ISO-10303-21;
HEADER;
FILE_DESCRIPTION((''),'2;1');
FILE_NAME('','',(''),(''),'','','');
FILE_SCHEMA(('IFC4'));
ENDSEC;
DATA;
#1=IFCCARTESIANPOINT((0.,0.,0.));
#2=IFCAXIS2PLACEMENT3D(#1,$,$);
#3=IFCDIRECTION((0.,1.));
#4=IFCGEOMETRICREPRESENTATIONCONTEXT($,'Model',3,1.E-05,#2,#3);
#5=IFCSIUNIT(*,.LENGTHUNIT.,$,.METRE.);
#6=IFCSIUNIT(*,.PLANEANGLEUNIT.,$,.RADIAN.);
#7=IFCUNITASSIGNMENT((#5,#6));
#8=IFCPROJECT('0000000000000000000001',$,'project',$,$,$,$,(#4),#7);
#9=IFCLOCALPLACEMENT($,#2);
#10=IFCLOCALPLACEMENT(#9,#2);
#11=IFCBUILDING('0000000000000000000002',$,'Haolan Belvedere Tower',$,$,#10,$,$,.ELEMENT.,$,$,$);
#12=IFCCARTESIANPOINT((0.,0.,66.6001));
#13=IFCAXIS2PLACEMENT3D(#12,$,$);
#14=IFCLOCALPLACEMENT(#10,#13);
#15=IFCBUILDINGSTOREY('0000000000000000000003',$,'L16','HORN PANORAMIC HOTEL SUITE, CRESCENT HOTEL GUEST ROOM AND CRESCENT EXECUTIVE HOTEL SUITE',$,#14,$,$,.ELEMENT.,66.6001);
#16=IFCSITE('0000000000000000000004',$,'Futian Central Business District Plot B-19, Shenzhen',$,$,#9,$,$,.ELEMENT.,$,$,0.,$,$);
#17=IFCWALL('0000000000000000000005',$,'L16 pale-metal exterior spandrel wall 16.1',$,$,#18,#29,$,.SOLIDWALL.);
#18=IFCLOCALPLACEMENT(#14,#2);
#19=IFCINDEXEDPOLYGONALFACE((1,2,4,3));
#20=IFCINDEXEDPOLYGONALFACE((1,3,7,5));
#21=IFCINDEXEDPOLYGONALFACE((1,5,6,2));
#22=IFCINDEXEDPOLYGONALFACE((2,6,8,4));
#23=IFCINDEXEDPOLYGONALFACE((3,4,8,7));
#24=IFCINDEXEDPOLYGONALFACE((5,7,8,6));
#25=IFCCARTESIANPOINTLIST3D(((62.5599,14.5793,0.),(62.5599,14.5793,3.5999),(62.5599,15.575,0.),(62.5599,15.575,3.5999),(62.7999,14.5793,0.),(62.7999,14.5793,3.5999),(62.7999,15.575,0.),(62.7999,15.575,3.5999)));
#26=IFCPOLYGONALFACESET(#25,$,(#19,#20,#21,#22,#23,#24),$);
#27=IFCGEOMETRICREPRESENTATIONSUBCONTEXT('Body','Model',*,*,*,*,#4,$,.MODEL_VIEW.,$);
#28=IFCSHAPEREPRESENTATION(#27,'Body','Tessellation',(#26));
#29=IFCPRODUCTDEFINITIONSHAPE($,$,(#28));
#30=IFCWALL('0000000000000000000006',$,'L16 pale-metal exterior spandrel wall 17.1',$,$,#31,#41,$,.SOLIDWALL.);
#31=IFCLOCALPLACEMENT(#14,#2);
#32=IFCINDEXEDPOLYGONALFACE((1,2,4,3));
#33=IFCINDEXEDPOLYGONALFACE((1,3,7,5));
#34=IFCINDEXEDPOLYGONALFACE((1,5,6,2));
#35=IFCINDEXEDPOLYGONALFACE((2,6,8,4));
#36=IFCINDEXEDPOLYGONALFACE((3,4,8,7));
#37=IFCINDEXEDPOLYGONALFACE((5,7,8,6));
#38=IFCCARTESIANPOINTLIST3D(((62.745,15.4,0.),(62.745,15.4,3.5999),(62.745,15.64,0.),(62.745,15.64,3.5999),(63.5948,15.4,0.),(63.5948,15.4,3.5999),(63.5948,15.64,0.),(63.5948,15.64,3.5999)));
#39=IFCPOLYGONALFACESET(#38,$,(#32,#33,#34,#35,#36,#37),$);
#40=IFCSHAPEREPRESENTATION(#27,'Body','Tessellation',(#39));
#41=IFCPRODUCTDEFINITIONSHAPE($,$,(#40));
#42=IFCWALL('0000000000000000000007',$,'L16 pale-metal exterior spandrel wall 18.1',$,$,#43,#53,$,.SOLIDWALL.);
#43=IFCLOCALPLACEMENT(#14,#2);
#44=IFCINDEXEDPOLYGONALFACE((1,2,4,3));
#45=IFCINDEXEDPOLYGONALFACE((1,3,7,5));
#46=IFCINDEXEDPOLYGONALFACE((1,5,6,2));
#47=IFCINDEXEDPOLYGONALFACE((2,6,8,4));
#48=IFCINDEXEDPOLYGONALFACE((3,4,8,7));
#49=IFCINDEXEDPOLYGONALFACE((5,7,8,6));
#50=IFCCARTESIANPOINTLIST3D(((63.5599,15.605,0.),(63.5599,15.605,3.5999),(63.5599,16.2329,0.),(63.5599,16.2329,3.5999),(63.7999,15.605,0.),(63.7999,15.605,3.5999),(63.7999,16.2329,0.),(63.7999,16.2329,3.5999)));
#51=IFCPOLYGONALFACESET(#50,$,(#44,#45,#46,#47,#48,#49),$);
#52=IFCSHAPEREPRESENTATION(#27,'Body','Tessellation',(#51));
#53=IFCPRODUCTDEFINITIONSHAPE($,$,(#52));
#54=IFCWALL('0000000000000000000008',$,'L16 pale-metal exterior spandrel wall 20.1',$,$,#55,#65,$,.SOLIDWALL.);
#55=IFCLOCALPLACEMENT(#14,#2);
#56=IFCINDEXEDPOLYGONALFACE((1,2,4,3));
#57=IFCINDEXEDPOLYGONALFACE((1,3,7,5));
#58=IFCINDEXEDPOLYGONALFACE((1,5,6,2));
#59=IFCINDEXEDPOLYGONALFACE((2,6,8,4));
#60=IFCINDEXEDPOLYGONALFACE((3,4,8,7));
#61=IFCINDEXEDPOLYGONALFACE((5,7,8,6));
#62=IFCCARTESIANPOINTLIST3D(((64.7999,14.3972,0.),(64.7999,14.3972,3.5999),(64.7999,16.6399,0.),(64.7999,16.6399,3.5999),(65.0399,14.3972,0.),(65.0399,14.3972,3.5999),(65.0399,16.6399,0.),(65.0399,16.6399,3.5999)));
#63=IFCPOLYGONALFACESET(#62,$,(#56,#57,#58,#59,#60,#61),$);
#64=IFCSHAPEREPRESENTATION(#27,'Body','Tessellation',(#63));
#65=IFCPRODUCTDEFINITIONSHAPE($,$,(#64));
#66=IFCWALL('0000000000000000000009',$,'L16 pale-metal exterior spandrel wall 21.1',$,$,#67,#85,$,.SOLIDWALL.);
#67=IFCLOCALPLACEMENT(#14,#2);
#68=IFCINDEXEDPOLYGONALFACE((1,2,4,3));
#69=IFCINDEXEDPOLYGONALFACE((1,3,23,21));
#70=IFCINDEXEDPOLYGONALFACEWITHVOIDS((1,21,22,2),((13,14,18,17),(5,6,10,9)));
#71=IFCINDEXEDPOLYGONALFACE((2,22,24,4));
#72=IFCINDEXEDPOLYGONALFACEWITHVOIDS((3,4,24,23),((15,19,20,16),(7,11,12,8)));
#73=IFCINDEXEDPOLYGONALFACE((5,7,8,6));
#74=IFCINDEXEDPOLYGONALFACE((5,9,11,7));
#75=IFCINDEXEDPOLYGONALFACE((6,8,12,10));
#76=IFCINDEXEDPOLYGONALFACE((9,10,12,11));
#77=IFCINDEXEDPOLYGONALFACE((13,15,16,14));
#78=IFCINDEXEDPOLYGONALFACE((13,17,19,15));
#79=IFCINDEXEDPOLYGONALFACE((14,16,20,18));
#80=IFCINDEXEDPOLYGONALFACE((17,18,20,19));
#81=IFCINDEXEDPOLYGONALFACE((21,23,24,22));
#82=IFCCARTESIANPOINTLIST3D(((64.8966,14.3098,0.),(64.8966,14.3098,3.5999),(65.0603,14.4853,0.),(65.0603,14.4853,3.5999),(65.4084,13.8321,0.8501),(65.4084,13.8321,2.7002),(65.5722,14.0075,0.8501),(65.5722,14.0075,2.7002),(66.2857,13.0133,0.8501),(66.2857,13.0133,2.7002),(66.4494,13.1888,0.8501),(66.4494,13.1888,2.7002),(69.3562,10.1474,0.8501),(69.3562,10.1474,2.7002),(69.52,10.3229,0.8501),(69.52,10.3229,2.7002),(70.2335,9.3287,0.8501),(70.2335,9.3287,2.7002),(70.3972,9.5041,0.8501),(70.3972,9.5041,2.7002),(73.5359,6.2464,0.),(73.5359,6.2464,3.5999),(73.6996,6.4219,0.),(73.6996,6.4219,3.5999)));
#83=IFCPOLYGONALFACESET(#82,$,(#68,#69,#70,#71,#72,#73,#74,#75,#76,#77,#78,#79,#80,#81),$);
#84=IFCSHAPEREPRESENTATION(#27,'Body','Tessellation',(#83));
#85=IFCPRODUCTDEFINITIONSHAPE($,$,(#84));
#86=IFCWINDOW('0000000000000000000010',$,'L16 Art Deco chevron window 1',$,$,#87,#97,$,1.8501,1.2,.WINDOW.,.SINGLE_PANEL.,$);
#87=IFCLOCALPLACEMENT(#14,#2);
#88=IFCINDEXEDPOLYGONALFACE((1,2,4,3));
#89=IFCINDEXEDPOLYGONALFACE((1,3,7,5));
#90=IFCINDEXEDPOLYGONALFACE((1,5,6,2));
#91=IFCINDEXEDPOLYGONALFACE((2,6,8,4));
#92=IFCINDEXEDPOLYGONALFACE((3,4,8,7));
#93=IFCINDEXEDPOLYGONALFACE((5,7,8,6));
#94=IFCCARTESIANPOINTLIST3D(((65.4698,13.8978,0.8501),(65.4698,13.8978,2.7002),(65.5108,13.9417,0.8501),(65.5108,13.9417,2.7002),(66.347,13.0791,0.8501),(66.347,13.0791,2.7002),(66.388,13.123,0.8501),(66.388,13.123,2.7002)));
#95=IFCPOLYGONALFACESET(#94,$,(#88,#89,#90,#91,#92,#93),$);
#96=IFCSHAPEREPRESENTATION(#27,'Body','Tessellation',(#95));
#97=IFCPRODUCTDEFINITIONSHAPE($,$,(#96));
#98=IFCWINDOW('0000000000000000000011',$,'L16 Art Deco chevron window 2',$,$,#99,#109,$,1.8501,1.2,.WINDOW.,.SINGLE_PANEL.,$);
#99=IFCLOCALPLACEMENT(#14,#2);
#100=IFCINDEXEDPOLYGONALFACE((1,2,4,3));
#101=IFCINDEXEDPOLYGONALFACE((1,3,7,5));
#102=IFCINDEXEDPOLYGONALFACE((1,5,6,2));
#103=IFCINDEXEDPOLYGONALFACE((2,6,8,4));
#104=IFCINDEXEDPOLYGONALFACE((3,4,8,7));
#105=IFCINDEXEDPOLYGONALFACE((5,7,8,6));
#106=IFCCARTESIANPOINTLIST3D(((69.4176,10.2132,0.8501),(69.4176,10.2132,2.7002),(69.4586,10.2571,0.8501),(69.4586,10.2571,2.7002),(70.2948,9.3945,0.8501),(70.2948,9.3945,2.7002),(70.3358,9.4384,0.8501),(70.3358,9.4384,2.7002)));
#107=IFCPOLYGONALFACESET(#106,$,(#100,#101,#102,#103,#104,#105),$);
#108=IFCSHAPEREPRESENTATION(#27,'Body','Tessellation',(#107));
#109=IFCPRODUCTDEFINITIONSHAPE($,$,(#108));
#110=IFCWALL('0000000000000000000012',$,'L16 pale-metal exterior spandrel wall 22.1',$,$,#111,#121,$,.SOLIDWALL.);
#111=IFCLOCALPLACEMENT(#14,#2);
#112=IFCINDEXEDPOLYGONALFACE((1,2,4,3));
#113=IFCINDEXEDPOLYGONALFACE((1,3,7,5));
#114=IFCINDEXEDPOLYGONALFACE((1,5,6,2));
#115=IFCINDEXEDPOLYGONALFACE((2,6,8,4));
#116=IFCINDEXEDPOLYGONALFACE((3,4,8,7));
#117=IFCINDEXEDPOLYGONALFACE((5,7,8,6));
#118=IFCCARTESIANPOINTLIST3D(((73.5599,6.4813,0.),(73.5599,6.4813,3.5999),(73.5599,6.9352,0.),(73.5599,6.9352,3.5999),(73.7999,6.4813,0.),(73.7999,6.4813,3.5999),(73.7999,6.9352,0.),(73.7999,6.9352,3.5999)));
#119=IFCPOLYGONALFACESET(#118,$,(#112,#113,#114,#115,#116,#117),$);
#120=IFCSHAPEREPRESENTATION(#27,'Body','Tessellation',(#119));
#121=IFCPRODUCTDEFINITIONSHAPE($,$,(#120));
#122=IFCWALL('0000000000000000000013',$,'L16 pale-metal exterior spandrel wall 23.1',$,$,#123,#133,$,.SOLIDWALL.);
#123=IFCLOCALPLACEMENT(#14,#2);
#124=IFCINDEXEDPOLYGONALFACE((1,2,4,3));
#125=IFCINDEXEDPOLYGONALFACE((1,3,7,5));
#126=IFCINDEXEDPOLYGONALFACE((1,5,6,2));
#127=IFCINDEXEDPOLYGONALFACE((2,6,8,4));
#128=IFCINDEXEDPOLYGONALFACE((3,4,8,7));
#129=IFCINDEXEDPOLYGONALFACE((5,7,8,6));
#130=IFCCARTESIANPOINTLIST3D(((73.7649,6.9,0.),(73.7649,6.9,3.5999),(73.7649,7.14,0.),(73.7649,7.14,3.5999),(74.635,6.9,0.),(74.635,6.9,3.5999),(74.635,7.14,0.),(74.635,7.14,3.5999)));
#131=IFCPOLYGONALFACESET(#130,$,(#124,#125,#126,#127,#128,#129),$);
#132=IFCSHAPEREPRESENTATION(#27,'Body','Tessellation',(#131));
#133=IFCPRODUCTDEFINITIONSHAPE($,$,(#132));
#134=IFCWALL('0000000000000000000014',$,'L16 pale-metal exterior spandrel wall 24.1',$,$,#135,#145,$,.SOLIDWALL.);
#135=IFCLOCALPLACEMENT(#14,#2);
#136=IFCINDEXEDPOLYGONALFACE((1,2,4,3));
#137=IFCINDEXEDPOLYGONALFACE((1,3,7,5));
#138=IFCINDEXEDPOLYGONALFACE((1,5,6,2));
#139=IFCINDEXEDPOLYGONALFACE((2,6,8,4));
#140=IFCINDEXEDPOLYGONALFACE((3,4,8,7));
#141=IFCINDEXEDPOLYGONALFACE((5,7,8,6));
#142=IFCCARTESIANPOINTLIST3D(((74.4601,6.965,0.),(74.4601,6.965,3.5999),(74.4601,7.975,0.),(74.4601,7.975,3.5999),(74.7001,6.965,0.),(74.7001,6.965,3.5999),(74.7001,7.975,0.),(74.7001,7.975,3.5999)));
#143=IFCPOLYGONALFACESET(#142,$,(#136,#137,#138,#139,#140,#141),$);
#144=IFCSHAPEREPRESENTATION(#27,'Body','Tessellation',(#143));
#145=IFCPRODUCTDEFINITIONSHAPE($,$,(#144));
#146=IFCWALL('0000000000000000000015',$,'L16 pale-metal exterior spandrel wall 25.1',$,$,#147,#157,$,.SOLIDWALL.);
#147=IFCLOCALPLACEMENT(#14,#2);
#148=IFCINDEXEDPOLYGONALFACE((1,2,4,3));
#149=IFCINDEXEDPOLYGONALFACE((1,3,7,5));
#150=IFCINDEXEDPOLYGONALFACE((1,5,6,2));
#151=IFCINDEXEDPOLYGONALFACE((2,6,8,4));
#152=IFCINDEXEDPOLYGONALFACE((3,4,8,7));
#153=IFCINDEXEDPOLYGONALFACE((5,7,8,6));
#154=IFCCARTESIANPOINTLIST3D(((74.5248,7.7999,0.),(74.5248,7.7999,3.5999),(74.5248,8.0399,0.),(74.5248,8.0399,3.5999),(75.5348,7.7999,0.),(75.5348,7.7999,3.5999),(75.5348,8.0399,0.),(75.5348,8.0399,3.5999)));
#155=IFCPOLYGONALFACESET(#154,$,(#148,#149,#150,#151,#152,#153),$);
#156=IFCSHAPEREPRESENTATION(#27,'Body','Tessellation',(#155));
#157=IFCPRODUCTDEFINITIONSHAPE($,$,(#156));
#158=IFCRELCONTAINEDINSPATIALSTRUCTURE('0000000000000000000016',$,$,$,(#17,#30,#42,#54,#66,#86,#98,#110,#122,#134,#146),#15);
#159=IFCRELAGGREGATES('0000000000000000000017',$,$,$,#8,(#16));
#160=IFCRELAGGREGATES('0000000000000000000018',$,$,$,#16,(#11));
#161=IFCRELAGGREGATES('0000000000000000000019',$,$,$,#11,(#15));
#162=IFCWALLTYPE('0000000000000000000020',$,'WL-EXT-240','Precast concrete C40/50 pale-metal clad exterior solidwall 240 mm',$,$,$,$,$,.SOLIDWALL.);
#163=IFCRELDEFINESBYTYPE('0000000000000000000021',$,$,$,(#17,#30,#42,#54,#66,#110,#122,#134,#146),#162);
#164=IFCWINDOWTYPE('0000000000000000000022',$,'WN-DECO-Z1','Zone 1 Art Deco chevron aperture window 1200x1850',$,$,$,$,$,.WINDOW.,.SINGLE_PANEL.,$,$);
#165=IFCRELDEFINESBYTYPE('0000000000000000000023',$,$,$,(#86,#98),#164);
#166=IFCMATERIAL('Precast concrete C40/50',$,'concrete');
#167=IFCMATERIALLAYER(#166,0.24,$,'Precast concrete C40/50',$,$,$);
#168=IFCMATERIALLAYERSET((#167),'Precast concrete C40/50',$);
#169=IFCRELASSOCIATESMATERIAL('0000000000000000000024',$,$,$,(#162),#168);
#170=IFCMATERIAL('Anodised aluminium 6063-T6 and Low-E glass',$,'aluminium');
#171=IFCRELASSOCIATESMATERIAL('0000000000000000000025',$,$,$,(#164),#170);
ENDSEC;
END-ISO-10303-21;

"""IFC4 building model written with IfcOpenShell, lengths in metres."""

from ifc_helpers import new_model, si_unit, direction, frame, frame_2d, origin, place, context, subcontext, project, spatial, rectangle, extrude, material, layer, layer_set, type_object, element, fill, save


model = new_model("IFC4")

# Units and contexts
model_context = context("Model", 3, precision=1e-05, world=origin(), true_north=direction((0.0, 1.0)))
body_context = subcontext(model_context, "Body", "Model", "MODEL_VIEW")
ifc_project = project(units=[si_unit("LENGTHUNIT", "METRE"), si_unit("PLANEANGLEUNIT", "RADIAN")], contexts=[model_context])

# Site, building, storey
site_placement = place(None, origin())
site = spatial("IfcSite", under=ifc_project, at=site_placement, Name="Futian Central Business District Plot B-19, Shenzhen", CompositionType="ELEMENT", RefElevation=0.0)
building_placement = place(site_placement, origin())
building = spatial("IfcBuilding", under=site, at=building_placement, Name="Haolan Belvedere Tower", CompositionType="ELEMENT")
storey_placement = place(building_placement, frame((0.0, 0.0, 66.6001)))
storey = spatial("IfcBuildingStorey", under=building, at=storey_placement, Name="L16", Description="HORN PANORAMIC HOTEL SUITE, CRESCENT HOTEL GUEST ROOM AND CRESCENT EXECUTIVE HOTEL SUITE", CompositionType="ELEMENT", Elevation=66.6001)

# Walls
ifc_material_1 = material(Name="Precast concrete C40/50", Category="concrete")
ifc_layer_1 = layer(ifc_material_1, 0.24, Name="Precast concrete C40/50")
ifc_layer_set_1 = layer_set([ifc_layer_1], Name="Precast concrete C40/50")
wall_type_1 = type_object("IfcWallType", Name="WL-EXT-240", Description="Precast concrete C40/50 pale-metal clad exterior solidwall 240 mm", PredefinedType="SOLIDWALL", material=ifc_layer_set_1)
wall_1_placement = place(storey_placement, frame((62.6799, 14.5793, 0.0), z_axis=(0.0, 0.0, 1.0), x_axis=(0.0, 1.0, 0.0)))
element("IfcWall", 1, at=wall_1_placement, inside=storey, type_object=wall_type_1, Name="L16 pale-metal exterior spandrel wall 16.1", PredefinedType="SOLIDWALL", context=body_context, shape_type="SweptSolid", body=[
    extrude(rectangle(XDim=0.9956, YDim=0.24, at=frame_2d((0.4978, 0.0))), origin(), (0.0, 0.0, 1.0), 3.5999),
])
wall_2_placement = place(storey_placement, frame((62.7451, 15.52, 0.0), z_axis=(0.0, 0.0, 1.0), x_axis=(1.0, 0.0, 0.0)))
element("IfcWall", 2, at=wall_2_placement, inside=storey, type_object=wall_type_1, Name="L16 pale-metal exterior spandrel wall 17.1", PredefinedType="SOLIDWALL", context=body_context, shape_type="SweptSolid", body=[
    extrude(rectangle(XDim=0.8499, YDim=0.24, at=frame_2d((0.4248, 0.0))), origin(), (0.0, 0.0, 1.0), 3.5999),
])
wall_3_placement = place(storey_placement, frame((63.6799, 15.605, 0.0), z_axis=(0.0, 0.0, 1.0), x_axis=(0.0, 1.0, 0.0)))
element("IfcWall", 3, at=wall_3_placement, inside=storey, type_object=wall_type_1, Name="L16 pale-metal exterior spandrel wall 18.1", PredefinedType="SOLIDWALL", context=body_context, shape_type="SweptSolid", body=[
    extrude(rectangle(XDim=0.6279, YDim=0.24, at=frame_2d((0.314, 0.0))), origin(), (0.0, 0.0, 1.0), 3.5999),
])
wall_4_placement = place(storey_placement, frame((64.9199, 16.6399, 0.0), z_axis=(0.0, 0.0, 1.0), x_axis=(0.0, -1.0, 0.0)))
element("IfcWall", 4, at=wall_4_placement, inside=storey, type_object=wall_type_1, Name="L16 pale-metal exterior spandrel wall 20.1", PredefinedType="SOLIDWALL", context=body_context, shape_type="SweptSolid", body=[
    extrude(rectangle(XDim=2.2427, YDim=0.24, at=frame_2d((1.1213, 0.0))), origin(), (0.0, 0.0, 1.0), 3.5999),
])

# Wall, openings, windows
wall_5_placement = place(storey_placement, frame((64.9785, 14.3975, 0.0), z_axis=(0.0, 0.0, 1.0), x_axis=(0.731054, -0.68232, 0.0)))
wall_5 = element("IfcWall", 5, at=wall_5_placement, inside=storey, type_object=wall_type_1, Name="L16 pale-metal exterior spandrel wall 21.1", PredefinedType="SOLIDWALL", context=body_context, shape_type="SweptSolid", body=[
    extrude(rectangle(XDim=11.8176, YDim=0.24, at=frame_2d((5.9087, 0.0))), origin(), (0.0, 0.0, 1.0), 3.5999),
])
opening_1_placement = place(wall_5_placement, frame((0.7, 0.0, 0.8501)))
opening_1 = element("IfcOpeningElement", 6, at=opening_1_placement, cuts=wall_5, PredefinedType="OPENING", context=body_context, shape_type="SweptSolid", body=[
    extrude(rectangle(XDim=1.2, YDim=1.8501, at=frame_2d((0.6001, 0.925))), frame((0.0, 0.1299, 0.0), z_axis=(0.0, -1.0, 0.0), x_axis=(1.0, 0.0, 0.0)), (0.0, 0.0, 1.0), 0.26),
])
opening_2_placement = place(wall_5_placement, frame((6.1001, 0.0, 0.8501)))
opening_2 = element("IfcOpeningElement", 7, at=opening_2_placement, cuts=wall_5, PredefinedType="OPENING", context=body_context, shape_type="SweptSolid", body=[
    extrude(rectangle(XDim=1.2, YDim=1.8501, at=frame_2d((0.6001, 0.925))), frame((0.0, 0.1299, 0.0), z_axis=(0.0, -1.0, 0.0), x_axis=(1.0, 0.0, 0.0)), (0.0, 0.0, 1.0), 0.26),
])
ifc_material_2 = material(Name="Anodised aluminium 6063-T6 and Low-E glass", Category="aluminium")
window_type = type_object("IfcWindowType", Name="WN-DECO-Z1", Description="Zone 1 Art Deco chevron aperture window 1200x1850", PartitioningType="SINGLE_PANEL", PredefinedType="WINDOW", material=ifc_material_2)
window_1_placement = place(opening_1_placement, origin())
window_1 = element("IfcWindow", 8, at=window_1_placement, inside=storey, type_object=window_type, Name="L16 Art Deco chevron window 1", OverallHeight=1.8501, OverallWidth=1.2, PartitioningType="SINGLE_PANEL", PredefinedType="WINDOW", context=body_context, shape_type="SweptSolid", body=[
    extrude(rectangle(XDim=1.2, YDim=1.8501, at=frame_2d((0.6001, 0.925))), frame((0.0, 0.03, 0.0), z_axis=(0.0, -1.0, 0.0), x_axis=(1.0, 0.0, 0.0)), (0.0, 0.0, 1.0), 0.0601),
])
fill(opening_1, window_1)
window_2_placement = place(opening_2_placement, origin())
window_2 = element("IfcWindow", 9, at=window_2_placement, inside=storey, type_object=window_type, Name="L16 Art Deco chevron window 2", OverallHeight=1.8501, OverallWidth=1.2, PartitioningType="SINGLE_PANEL", PredefinedType="WINDOW", context=body_context, shape_type="SweptSolid", body=[
    extrude(rectangle(XDim=1.2, YDim=1.8501, at=frame_2d((0.6001, 0.925))), frame((0.0, 0.03, 0.0), z_axis=(0.0, -1.0, 0.0), x_axis=(1.0, 0.0, 0.0)), (0.0, 0.0, 1.0), 0.0601),
])
fill(opening_2, window_2)

# Walls
wall_6_placement = place(storey_placement, frame((73.6799, 6.4812, 0.0), z_axis=(0.0, 0.0, 1.0), x_axis=(0.0, 1.0, 0.0)))
element("IfcWall", 10, at=wall_6_placement, inside=storey, type_object=wall_type_1, Name="L16 pale-metal exterior spandrel wall 22.1", PredefinedType="SOLIDWALL", context=body_context, shape_type="SweptSolid", body=[
    extrude(rectangle(XDim=0.4539, YDim=0.24, at=frame_2d((0.2271, 0.0))), origin(), (0.0, 0.0, 1.0), 3.5999),
])
wall_7_placement = place(storey_placement, frame((73.7649, 7.02, 0.0), z_axis=(0.0, 0.0, 1.0), x_axis=(1.0, 0.0, 0.0)))
element("IfcWall", 11, at=wall_7_placement, inside=storey, type_object=wall_type_1, Name="L16 pale-metal exterior spandrel wall 23.1", PredefinedType="SOLIDWALL", context=body_context, shape_type="SweptSolid", body=[
    extrude(rectangle(XDim=0.8701, YDim=0.24, at=frame_2d((0.4351, 0.0))), origin(), (0.0, 0.0, 1.0), 3.5999),
])
for number, where, z_axis, x_axis, name in (
    (12, (74.5801, 6.9651, 0.0), (0.0, 0.0, 1.0), (0.0, 1.0, 0.0), "L16 pale-metal exterior spandrel wall 24.1"),
    (13, (74.5249, 7.9199, 0.0), (0.0, 0.0, 1.0), (1.0, 0.0, 0.0), "L16 pale-metal exterior spandrel wall 25.1"),
):
    element("IfcWall", number, at=place(storey_placement, frame(where, z_axis=z_axis, x_axis=x_axis)), inside=storey, type_object=wall_type_1, Name=name, PredefinedType="SOLIDWALL", context=body_context, shape_type="SweptSolid", body=[
        extrude(rectangle(XDim=1.01, YDim=0.24, at=frame_2d((0.5049, 0.0))), origin(), (0.0, 0.0, 1.0), 3.5999),
    ])

save(model, "model.ifc")
